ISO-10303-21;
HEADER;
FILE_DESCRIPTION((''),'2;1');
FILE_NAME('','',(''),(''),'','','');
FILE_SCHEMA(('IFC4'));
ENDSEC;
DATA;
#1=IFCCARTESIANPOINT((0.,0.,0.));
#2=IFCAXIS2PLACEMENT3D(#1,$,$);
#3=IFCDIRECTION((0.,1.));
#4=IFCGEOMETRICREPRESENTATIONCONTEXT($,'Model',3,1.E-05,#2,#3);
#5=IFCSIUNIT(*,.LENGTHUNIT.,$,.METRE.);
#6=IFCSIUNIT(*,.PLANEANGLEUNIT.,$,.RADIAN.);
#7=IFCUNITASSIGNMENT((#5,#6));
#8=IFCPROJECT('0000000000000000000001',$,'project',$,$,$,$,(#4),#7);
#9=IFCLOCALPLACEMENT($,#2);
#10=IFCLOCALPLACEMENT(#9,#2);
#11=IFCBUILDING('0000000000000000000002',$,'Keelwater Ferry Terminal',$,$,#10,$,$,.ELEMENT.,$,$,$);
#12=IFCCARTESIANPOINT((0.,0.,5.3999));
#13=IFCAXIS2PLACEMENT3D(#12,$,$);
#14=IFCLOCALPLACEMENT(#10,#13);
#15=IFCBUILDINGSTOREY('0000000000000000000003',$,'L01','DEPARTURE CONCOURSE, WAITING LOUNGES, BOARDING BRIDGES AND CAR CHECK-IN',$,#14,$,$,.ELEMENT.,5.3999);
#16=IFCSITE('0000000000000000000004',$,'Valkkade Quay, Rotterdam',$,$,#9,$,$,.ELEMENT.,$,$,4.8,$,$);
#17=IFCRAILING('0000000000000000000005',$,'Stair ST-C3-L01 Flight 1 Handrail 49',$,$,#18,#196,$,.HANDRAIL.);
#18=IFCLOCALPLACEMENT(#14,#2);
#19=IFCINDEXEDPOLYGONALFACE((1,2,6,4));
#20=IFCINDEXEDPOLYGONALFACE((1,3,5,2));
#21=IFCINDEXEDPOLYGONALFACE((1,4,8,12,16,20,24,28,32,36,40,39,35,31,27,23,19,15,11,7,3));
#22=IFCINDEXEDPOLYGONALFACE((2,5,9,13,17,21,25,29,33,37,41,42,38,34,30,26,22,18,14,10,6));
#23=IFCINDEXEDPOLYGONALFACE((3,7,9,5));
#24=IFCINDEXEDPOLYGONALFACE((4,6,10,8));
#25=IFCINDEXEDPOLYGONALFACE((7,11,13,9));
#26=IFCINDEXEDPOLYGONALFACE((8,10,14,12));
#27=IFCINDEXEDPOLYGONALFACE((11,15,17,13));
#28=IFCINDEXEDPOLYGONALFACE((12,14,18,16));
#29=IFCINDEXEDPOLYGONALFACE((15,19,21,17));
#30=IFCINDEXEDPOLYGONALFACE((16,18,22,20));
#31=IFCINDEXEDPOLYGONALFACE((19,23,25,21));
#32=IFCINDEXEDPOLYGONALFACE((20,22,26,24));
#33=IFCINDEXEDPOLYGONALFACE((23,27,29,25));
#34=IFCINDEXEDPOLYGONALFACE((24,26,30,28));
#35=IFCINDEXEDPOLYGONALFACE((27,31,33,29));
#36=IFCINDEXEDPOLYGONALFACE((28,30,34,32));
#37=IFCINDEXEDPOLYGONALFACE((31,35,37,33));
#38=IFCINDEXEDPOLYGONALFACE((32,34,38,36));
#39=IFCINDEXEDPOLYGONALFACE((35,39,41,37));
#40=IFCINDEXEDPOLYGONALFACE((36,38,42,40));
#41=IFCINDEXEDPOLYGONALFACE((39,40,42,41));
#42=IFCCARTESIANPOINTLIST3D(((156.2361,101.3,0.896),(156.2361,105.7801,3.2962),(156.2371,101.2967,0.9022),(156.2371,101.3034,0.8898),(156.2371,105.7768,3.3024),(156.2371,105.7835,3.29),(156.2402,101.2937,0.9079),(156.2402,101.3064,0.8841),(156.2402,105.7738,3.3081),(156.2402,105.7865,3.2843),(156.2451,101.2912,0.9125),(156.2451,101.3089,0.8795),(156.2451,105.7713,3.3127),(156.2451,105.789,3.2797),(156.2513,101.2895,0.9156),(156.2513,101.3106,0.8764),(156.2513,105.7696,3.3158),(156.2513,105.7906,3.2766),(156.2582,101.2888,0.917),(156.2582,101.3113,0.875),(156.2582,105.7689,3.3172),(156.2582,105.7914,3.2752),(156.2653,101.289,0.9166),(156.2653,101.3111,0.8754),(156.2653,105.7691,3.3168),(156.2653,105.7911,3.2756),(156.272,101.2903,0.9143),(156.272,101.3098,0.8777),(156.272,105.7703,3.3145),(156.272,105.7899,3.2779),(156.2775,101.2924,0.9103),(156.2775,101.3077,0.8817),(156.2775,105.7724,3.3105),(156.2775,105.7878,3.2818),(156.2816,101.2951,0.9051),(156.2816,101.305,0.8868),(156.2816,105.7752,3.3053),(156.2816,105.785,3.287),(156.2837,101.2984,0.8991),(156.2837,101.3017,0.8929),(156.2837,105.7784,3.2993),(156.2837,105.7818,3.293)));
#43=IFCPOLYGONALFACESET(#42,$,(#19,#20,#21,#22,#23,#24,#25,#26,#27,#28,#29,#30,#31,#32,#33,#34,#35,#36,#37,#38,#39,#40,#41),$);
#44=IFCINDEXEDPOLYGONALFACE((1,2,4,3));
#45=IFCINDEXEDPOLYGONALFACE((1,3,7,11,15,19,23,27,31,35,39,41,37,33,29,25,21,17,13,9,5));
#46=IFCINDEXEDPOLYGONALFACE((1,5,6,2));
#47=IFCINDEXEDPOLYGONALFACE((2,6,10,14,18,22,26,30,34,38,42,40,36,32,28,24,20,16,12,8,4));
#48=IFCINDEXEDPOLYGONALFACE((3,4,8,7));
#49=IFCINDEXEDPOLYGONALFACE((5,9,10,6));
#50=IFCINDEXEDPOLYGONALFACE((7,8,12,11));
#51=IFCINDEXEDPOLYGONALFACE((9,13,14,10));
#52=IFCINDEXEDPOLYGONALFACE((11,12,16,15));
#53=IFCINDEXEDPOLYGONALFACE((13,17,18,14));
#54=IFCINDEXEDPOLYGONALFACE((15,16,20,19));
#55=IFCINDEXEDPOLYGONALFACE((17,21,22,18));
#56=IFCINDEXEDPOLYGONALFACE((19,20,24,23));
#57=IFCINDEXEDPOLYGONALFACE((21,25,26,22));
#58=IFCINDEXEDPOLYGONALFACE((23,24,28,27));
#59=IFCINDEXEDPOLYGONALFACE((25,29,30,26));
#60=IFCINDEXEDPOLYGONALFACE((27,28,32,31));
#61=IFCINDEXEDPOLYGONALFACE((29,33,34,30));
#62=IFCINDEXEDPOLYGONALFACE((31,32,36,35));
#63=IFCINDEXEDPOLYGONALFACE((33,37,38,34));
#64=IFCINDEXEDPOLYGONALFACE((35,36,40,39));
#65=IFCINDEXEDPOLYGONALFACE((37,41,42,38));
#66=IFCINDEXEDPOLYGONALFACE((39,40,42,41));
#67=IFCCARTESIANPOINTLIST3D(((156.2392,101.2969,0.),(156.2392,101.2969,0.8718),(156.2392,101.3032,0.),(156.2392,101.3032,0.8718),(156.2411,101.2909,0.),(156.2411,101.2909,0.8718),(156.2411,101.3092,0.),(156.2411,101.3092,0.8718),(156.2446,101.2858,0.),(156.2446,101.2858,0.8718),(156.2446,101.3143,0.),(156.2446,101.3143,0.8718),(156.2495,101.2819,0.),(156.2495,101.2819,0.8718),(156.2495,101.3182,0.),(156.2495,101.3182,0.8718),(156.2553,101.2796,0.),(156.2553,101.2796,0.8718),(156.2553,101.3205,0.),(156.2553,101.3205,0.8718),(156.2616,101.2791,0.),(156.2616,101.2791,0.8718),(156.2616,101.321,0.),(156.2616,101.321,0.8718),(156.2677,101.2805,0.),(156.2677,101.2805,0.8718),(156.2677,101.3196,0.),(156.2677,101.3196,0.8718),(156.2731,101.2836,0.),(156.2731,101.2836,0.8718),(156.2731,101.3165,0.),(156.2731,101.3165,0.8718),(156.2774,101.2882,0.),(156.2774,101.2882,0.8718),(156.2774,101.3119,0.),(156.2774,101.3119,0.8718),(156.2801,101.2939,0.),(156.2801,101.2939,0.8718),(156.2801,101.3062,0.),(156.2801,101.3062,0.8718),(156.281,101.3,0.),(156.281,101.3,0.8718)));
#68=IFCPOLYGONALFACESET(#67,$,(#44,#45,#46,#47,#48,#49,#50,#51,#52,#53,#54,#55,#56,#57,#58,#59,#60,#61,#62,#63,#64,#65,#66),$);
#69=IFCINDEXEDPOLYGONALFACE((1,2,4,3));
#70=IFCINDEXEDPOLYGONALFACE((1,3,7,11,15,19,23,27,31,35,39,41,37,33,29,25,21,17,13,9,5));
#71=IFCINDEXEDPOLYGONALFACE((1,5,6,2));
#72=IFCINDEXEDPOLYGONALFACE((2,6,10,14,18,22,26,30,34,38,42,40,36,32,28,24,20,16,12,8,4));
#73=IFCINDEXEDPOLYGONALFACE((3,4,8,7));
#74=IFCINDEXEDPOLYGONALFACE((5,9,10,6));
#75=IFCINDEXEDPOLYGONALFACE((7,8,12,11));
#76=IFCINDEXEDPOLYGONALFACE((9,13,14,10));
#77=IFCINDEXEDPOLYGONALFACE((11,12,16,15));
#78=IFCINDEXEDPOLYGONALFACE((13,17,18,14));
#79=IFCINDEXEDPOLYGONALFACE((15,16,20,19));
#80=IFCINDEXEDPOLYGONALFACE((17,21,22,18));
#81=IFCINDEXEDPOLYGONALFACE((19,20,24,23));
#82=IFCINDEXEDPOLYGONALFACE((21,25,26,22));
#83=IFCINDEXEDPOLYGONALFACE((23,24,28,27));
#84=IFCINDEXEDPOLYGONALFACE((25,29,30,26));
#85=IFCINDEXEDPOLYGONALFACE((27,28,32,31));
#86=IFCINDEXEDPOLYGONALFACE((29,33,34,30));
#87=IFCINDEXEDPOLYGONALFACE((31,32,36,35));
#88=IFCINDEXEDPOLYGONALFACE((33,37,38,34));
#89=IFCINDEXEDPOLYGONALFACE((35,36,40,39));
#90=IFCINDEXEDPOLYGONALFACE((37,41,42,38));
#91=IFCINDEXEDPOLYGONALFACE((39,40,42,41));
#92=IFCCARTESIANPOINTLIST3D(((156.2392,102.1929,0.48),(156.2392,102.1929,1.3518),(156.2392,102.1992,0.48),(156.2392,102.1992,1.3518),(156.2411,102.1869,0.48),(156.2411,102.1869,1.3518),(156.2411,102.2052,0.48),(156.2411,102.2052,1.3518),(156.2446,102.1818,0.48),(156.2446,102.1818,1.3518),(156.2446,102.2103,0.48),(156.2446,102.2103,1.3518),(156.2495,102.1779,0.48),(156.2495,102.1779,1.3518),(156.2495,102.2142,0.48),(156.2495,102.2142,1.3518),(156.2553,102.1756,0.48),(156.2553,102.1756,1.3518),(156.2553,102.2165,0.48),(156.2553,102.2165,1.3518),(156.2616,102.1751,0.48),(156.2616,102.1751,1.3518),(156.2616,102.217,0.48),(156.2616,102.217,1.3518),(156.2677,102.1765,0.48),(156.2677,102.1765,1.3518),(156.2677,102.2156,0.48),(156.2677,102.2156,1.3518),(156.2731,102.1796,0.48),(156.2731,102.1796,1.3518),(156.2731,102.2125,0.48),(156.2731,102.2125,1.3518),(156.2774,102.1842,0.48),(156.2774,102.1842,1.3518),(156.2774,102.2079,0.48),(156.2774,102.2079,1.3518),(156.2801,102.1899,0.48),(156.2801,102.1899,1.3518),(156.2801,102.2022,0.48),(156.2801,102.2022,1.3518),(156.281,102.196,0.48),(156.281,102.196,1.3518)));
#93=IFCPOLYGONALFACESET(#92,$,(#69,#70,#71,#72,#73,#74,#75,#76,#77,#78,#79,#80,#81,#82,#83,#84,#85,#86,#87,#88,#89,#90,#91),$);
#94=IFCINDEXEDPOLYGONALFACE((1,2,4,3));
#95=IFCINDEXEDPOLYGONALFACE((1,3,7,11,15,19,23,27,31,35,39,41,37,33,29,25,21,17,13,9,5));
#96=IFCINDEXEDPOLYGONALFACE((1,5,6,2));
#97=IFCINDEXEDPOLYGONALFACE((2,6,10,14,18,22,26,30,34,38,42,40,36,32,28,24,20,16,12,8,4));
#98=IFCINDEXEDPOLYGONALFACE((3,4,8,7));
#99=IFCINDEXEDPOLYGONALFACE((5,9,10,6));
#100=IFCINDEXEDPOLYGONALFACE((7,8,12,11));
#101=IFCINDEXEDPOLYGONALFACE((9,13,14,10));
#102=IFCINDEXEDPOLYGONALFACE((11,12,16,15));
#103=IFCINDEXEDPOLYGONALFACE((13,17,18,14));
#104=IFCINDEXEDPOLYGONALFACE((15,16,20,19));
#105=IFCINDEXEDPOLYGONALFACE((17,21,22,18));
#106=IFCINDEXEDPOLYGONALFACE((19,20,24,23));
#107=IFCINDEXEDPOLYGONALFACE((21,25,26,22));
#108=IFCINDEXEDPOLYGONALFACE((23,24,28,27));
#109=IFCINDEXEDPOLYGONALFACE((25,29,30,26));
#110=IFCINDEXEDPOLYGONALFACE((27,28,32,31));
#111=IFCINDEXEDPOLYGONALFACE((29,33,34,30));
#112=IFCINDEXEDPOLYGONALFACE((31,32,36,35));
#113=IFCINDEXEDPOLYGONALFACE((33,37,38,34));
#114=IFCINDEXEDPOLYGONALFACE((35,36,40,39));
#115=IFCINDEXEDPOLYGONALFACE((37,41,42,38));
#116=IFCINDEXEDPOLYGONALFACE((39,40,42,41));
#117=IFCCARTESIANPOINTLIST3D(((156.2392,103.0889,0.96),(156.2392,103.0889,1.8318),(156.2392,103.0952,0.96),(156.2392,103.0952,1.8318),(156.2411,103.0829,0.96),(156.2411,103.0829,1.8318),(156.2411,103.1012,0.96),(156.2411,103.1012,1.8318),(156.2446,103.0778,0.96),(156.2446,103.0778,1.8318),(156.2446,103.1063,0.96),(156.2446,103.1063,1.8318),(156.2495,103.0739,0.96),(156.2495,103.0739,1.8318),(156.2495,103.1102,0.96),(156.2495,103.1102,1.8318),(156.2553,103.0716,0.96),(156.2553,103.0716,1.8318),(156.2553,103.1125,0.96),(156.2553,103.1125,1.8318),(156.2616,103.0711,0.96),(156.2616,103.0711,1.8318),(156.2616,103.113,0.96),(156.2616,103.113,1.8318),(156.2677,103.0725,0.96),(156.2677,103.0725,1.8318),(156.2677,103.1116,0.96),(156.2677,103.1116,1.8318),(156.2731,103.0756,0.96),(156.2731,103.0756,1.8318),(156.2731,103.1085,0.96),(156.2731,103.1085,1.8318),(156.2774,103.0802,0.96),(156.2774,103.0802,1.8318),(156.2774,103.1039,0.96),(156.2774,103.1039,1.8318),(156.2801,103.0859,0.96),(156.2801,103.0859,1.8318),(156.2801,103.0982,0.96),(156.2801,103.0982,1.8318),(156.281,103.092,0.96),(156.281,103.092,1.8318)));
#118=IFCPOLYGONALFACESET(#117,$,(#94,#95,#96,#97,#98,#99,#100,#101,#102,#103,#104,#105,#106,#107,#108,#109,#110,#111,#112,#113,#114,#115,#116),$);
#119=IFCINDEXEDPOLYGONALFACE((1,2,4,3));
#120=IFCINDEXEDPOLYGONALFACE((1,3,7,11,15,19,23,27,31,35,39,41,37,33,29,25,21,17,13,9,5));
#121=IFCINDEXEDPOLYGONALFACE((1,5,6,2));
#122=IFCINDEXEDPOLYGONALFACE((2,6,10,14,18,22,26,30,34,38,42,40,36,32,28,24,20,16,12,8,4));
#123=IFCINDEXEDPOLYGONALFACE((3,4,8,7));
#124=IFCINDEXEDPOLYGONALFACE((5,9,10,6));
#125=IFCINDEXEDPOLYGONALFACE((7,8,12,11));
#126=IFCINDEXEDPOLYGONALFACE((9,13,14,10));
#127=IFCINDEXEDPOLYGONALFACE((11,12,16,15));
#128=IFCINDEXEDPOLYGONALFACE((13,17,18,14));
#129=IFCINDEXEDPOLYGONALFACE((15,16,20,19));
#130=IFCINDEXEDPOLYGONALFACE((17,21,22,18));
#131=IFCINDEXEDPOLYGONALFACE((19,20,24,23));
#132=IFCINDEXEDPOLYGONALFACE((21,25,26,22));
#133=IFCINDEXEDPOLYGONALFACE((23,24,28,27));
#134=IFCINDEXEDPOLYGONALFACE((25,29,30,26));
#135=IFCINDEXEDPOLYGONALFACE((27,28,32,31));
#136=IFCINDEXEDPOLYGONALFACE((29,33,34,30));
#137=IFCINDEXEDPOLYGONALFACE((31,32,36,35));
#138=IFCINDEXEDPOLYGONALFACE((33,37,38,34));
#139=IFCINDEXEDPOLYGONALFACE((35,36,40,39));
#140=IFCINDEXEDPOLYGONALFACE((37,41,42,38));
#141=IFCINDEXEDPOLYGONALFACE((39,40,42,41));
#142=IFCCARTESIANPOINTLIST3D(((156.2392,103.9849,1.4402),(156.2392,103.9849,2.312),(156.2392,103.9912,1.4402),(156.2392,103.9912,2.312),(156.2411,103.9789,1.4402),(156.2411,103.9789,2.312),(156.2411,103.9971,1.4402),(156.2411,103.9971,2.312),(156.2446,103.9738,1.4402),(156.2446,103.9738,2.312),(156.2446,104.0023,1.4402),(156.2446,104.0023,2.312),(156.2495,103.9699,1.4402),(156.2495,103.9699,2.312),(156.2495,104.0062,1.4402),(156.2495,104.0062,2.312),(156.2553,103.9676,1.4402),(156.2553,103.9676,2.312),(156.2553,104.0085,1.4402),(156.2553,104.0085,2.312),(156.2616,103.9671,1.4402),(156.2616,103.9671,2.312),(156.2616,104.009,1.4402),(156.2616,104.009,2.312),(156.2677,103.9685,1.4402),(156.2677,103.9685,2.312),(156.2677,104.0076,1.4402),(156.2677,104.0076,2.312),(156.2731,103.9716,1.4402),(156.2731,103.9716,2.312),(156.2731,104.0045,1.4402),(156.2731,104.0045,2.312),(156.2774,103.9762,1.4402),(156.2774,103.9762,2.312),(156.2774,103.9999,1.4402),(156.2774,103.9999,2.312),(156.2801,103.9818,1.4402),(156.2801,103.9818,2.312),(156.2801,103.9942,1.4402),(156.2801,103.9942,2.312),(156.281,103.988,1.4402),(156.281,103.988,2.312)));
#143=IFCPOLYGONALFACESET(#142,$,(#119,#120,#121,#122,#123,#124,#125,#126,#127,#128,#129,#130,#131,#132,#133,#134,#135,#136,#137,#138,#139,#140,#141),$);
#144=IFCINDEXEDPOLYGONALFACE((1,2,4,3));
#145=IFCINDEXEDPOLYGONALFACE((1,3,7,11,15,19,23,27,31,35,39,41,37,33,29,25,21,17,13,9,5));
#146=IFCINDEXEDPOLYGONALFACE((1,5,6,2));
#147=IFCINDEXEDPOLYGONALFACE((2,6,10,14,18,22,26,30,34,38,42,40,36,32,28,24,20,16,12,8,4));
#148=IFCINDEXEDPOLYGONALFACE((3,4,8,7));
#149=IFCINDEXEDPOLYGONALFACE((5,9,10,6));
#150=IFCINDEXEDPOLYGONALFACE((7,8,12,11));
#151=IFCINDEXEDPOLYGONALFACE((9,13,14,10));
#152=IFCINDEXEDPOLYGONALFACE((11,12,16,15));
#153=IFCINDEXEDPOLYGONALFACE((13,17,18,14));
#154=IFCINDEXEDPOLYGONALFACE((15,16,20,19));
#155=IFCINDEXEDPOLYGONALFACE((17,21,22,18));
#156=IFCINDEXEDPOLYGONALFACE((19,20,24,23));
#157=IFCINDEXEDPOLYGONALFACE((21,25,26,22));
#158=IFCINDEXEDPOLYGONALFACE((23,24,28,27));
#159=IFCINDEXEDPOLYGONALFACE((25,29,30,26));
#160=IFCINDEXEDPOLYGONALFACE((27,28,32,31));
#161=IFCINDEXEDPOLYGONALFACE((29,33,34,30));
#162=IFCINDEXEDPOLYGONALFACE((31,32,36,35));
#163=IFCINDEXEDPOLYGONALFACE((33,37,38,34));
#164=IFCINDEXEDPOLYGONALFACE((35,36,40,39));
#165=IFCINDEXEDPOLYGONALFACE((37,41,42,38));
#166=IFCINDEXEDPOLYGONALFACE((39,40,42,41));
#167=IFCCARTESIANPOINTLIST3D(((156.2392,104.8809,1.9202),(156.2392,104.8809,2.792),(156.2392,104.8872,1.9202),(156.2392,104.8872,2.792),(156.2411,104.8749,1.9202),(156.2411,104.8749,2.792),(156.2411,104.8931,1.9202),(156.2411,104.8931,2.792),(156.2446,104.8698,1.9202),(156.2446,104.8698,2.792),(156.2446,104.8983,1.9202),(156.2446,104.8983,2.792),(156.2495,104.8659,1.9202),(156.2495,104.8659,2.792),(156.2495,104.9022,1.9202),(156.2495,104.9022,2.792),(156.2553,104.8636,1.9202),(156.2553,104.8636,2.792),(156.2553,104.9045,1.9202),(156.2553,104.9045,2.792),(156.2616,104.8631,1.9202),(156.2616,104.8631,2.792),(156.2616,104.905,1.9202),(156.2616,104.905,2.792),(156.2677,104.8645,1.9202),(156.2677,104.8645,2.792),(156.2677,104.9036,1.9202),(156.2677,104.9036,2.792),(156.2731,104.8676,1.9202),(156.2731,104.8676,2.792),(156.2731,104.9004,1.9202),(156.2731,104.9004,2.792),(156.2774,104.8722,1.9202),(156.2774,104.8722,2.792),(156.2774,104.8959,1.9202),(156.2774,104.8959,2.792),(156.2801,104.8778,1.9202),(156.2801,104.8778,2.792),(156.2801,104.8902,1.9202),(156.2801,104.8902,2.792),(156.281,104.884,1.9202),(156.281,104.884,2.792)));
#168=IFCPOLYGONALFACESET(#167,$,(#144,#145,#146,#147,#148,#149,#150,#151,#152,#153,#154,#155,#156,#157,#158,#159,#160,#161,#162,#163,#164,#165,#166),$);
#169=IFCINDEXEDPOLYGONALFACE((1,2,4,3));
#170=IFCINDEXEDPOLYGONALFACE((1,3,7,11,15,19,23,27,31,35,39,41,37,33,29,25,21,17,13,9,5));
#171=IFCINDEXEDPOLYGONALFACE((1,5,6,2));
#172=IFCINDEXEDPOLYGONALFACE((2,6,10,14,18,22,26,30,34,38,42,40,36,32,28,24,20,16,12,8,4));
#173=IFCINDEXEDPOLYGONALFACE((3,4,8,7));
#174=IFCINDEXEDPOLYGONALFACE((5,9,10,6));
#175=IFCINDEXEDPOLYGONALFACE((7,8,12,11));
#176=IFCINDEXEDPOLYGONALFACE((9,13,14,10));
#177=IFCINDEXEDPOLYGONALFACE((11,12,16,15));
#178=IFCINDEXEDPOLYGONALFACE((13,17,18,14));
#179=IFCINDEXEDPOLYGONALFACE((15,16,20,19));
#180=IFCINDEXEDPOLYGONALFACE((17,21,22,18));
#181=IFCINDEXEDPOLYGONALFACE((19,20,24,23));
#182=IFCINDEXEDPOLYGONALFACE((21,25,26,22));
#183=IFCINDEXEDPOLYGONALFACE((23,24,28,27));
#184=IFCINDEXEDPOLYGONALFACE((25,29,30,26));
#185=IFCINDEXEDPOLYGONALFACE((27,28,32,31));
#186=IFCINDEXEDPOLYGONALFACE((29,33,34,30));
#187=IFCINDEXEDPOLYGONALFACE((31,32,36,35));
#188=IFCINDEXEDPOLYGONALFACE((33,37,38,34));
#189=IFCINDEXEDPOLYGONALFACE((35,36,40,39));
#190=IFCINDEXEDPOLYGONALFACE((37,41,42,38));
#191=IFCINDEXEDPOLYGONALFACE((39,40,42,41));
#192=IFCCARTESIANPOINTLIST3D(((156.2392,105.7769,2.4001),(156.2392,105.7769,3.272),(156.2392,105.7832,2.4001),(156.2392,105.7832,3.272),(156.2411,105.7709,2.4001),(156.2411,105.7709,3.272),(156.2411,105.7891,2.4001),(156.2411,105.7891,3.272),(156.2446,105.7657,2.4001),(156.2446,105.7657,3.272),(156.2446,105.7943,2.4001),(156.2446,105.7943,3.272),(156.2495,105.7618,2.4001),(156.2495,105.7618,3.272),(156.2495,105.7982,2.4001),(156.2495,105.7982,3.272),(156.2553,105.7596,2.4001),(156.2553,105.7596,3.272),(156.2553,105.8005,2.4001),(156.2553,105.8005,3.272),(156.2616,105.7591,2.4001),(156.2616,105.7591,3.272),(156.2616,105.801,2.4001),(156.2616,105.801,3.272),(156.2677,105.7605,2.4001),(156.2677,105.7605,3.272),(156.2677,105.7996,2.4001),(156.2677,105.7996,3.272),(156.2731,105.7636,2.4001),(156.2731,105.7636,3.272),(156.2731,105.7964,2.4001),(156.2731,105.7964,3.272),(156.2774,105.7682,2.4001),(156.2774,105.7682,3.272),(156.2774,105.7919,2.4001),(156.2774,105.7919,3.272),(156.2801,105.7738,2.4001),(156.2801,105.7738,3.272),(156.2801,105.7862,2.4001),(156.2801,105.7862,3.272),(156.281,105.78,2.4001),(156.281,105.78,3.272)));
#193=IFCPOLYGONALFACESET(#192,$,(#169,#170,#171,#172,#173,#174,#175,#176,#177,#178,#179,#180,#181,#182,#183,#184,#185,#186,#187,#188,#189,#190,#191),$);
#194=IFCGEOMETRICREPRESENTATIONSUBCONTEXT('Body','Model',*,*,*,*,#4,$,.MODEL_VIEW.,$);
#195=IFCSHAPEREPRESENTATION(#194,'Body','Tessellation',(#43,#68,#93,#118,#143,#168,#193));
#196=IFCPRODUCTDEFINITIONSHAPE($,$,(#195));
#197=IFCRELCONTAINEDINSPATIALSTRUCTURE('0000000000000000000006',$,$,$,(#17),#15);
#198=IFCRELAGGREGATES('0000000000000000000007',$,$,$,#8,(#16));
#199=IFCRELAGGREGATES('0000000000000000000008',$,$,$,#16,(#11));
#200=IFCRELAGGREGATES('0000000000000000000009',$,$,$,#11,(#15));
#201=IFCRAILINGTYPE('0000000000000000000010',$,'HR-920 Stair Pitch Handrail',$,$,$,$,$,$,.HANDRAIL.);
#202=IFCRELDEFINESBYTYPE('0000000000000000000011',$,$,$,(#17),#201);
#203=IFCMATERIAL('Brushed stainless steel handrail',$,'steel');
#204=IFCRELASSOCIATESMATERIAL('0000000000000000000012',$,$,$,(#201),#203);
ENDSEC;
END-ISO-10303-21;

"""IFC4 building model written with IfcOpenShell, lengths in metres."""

from ifc_helpers import new_model, si_unit, direction, frame, origin, origin_2d, place, context, subcontext, project, spatial, circle, extrude, material, type_object, element, save


model = new_model("IFC4")

# Units and contexts
model_context = context("Model", 3, precision=1e-05, world=origin(), true_north=direction((0.0, 1.0)))
body_context = subcontext(model_context, "Body", "Model", "MODEL_VIEW")
ifc_project = project(units=[si_unit("LENGTHUNIT", "METRE"), si_unit("PLANEANGLEUNIT", "RADIAN")], contexts=[model_context])

# Site, building, storey
site_placement = place(None, origin())
site = spatial("IfcSite", under=ifc_project, at=site_placement, Name="Valkkade Quay, Rotterdam", CompositionType="ELEMENT", RefElevation=4.8)
building_placement = place(site_placement, origin())
building = spatial("IfcBuilding", under=site, at=building_placement, Name="Keelwater Ferry Terminal", CompositionType="ELEMENT")
storey_placement = place(building_placement, frame((0.0, 0.0, 5.3999)))
storey = spatial("IfcBuildingStorey", under=building, at=storey_placement, Name="L01", Description="DEPARTURE CONCOURSE, WAITING LOUNGES, BOARDING BRIDGES AND CAR CHECK-IN", CompositionType="ELEMENT", Elevation=5.3999)

# Railing
ifc_material_1 = material(Name="Brushed stainless steel handrail", Category="steel")
railing_type_1 = type_object("IfcRailingType", Name="HR-920 Stair Pitch Handrail", PredefinedType="HANDRAIL", material=ifc_material_1)
railing_1_placement = place(storey_placement, frame((156.26, 101.3, 0.0)))
element("IfcRailing", 1, at=railing_1_placement, inside=storey, type_object=railing_type_1, Name="Stair ST-C3-L01 Flight 1 Handrail 49", PredefinedType="HANDRAIL", context=body_context, shape_type="SweptSolid", body=[
    extrude(circle(Radius=0.0239, at=origin_2d()), frame((0.0, 0.0, 0.896), z_axis=(0.0, 0.881467, 0.472245), x_axis=(-1.0, 0.0, 0.0)), (0.0, 0.0, 1.0), 5.0825),
    extrude(circle(Radius=0.021, at=origin_2d()), origin(), (0.0, 0.0, 1.0), 0.8718),
    extrude(circle(Radius=0.021, at=origin_2d()), frame((0.0, 0.896, 0.48)), (0.0, 0.0, 1.0), 0.8718),
    extrude(circle(Radius=0.021, at=origin_2d()), frame((0.0, 1.792, 0.96)), (0.0, 0.0, 1.0), 0.8718),
    extrude(circle(Radius=0.021, at=origin_2d()), frame((0.0, 2.688, 1.4402)), (0.0, 0.0, 1.0), 0.8718),
    extrude(circle(Radius=0.021, at=origin_2d()), frame((0.0, 3.584, 1.9202)), (0.0, 0.0, 1.0), 0.8718),
    extrude(circle(Radius=0.021, at=origin_2d()), frame((0.0, 4.48, 2.4001)), (0.0, 0.0, 1.0), 0.8718),
])

save(model, "model.ifc")
